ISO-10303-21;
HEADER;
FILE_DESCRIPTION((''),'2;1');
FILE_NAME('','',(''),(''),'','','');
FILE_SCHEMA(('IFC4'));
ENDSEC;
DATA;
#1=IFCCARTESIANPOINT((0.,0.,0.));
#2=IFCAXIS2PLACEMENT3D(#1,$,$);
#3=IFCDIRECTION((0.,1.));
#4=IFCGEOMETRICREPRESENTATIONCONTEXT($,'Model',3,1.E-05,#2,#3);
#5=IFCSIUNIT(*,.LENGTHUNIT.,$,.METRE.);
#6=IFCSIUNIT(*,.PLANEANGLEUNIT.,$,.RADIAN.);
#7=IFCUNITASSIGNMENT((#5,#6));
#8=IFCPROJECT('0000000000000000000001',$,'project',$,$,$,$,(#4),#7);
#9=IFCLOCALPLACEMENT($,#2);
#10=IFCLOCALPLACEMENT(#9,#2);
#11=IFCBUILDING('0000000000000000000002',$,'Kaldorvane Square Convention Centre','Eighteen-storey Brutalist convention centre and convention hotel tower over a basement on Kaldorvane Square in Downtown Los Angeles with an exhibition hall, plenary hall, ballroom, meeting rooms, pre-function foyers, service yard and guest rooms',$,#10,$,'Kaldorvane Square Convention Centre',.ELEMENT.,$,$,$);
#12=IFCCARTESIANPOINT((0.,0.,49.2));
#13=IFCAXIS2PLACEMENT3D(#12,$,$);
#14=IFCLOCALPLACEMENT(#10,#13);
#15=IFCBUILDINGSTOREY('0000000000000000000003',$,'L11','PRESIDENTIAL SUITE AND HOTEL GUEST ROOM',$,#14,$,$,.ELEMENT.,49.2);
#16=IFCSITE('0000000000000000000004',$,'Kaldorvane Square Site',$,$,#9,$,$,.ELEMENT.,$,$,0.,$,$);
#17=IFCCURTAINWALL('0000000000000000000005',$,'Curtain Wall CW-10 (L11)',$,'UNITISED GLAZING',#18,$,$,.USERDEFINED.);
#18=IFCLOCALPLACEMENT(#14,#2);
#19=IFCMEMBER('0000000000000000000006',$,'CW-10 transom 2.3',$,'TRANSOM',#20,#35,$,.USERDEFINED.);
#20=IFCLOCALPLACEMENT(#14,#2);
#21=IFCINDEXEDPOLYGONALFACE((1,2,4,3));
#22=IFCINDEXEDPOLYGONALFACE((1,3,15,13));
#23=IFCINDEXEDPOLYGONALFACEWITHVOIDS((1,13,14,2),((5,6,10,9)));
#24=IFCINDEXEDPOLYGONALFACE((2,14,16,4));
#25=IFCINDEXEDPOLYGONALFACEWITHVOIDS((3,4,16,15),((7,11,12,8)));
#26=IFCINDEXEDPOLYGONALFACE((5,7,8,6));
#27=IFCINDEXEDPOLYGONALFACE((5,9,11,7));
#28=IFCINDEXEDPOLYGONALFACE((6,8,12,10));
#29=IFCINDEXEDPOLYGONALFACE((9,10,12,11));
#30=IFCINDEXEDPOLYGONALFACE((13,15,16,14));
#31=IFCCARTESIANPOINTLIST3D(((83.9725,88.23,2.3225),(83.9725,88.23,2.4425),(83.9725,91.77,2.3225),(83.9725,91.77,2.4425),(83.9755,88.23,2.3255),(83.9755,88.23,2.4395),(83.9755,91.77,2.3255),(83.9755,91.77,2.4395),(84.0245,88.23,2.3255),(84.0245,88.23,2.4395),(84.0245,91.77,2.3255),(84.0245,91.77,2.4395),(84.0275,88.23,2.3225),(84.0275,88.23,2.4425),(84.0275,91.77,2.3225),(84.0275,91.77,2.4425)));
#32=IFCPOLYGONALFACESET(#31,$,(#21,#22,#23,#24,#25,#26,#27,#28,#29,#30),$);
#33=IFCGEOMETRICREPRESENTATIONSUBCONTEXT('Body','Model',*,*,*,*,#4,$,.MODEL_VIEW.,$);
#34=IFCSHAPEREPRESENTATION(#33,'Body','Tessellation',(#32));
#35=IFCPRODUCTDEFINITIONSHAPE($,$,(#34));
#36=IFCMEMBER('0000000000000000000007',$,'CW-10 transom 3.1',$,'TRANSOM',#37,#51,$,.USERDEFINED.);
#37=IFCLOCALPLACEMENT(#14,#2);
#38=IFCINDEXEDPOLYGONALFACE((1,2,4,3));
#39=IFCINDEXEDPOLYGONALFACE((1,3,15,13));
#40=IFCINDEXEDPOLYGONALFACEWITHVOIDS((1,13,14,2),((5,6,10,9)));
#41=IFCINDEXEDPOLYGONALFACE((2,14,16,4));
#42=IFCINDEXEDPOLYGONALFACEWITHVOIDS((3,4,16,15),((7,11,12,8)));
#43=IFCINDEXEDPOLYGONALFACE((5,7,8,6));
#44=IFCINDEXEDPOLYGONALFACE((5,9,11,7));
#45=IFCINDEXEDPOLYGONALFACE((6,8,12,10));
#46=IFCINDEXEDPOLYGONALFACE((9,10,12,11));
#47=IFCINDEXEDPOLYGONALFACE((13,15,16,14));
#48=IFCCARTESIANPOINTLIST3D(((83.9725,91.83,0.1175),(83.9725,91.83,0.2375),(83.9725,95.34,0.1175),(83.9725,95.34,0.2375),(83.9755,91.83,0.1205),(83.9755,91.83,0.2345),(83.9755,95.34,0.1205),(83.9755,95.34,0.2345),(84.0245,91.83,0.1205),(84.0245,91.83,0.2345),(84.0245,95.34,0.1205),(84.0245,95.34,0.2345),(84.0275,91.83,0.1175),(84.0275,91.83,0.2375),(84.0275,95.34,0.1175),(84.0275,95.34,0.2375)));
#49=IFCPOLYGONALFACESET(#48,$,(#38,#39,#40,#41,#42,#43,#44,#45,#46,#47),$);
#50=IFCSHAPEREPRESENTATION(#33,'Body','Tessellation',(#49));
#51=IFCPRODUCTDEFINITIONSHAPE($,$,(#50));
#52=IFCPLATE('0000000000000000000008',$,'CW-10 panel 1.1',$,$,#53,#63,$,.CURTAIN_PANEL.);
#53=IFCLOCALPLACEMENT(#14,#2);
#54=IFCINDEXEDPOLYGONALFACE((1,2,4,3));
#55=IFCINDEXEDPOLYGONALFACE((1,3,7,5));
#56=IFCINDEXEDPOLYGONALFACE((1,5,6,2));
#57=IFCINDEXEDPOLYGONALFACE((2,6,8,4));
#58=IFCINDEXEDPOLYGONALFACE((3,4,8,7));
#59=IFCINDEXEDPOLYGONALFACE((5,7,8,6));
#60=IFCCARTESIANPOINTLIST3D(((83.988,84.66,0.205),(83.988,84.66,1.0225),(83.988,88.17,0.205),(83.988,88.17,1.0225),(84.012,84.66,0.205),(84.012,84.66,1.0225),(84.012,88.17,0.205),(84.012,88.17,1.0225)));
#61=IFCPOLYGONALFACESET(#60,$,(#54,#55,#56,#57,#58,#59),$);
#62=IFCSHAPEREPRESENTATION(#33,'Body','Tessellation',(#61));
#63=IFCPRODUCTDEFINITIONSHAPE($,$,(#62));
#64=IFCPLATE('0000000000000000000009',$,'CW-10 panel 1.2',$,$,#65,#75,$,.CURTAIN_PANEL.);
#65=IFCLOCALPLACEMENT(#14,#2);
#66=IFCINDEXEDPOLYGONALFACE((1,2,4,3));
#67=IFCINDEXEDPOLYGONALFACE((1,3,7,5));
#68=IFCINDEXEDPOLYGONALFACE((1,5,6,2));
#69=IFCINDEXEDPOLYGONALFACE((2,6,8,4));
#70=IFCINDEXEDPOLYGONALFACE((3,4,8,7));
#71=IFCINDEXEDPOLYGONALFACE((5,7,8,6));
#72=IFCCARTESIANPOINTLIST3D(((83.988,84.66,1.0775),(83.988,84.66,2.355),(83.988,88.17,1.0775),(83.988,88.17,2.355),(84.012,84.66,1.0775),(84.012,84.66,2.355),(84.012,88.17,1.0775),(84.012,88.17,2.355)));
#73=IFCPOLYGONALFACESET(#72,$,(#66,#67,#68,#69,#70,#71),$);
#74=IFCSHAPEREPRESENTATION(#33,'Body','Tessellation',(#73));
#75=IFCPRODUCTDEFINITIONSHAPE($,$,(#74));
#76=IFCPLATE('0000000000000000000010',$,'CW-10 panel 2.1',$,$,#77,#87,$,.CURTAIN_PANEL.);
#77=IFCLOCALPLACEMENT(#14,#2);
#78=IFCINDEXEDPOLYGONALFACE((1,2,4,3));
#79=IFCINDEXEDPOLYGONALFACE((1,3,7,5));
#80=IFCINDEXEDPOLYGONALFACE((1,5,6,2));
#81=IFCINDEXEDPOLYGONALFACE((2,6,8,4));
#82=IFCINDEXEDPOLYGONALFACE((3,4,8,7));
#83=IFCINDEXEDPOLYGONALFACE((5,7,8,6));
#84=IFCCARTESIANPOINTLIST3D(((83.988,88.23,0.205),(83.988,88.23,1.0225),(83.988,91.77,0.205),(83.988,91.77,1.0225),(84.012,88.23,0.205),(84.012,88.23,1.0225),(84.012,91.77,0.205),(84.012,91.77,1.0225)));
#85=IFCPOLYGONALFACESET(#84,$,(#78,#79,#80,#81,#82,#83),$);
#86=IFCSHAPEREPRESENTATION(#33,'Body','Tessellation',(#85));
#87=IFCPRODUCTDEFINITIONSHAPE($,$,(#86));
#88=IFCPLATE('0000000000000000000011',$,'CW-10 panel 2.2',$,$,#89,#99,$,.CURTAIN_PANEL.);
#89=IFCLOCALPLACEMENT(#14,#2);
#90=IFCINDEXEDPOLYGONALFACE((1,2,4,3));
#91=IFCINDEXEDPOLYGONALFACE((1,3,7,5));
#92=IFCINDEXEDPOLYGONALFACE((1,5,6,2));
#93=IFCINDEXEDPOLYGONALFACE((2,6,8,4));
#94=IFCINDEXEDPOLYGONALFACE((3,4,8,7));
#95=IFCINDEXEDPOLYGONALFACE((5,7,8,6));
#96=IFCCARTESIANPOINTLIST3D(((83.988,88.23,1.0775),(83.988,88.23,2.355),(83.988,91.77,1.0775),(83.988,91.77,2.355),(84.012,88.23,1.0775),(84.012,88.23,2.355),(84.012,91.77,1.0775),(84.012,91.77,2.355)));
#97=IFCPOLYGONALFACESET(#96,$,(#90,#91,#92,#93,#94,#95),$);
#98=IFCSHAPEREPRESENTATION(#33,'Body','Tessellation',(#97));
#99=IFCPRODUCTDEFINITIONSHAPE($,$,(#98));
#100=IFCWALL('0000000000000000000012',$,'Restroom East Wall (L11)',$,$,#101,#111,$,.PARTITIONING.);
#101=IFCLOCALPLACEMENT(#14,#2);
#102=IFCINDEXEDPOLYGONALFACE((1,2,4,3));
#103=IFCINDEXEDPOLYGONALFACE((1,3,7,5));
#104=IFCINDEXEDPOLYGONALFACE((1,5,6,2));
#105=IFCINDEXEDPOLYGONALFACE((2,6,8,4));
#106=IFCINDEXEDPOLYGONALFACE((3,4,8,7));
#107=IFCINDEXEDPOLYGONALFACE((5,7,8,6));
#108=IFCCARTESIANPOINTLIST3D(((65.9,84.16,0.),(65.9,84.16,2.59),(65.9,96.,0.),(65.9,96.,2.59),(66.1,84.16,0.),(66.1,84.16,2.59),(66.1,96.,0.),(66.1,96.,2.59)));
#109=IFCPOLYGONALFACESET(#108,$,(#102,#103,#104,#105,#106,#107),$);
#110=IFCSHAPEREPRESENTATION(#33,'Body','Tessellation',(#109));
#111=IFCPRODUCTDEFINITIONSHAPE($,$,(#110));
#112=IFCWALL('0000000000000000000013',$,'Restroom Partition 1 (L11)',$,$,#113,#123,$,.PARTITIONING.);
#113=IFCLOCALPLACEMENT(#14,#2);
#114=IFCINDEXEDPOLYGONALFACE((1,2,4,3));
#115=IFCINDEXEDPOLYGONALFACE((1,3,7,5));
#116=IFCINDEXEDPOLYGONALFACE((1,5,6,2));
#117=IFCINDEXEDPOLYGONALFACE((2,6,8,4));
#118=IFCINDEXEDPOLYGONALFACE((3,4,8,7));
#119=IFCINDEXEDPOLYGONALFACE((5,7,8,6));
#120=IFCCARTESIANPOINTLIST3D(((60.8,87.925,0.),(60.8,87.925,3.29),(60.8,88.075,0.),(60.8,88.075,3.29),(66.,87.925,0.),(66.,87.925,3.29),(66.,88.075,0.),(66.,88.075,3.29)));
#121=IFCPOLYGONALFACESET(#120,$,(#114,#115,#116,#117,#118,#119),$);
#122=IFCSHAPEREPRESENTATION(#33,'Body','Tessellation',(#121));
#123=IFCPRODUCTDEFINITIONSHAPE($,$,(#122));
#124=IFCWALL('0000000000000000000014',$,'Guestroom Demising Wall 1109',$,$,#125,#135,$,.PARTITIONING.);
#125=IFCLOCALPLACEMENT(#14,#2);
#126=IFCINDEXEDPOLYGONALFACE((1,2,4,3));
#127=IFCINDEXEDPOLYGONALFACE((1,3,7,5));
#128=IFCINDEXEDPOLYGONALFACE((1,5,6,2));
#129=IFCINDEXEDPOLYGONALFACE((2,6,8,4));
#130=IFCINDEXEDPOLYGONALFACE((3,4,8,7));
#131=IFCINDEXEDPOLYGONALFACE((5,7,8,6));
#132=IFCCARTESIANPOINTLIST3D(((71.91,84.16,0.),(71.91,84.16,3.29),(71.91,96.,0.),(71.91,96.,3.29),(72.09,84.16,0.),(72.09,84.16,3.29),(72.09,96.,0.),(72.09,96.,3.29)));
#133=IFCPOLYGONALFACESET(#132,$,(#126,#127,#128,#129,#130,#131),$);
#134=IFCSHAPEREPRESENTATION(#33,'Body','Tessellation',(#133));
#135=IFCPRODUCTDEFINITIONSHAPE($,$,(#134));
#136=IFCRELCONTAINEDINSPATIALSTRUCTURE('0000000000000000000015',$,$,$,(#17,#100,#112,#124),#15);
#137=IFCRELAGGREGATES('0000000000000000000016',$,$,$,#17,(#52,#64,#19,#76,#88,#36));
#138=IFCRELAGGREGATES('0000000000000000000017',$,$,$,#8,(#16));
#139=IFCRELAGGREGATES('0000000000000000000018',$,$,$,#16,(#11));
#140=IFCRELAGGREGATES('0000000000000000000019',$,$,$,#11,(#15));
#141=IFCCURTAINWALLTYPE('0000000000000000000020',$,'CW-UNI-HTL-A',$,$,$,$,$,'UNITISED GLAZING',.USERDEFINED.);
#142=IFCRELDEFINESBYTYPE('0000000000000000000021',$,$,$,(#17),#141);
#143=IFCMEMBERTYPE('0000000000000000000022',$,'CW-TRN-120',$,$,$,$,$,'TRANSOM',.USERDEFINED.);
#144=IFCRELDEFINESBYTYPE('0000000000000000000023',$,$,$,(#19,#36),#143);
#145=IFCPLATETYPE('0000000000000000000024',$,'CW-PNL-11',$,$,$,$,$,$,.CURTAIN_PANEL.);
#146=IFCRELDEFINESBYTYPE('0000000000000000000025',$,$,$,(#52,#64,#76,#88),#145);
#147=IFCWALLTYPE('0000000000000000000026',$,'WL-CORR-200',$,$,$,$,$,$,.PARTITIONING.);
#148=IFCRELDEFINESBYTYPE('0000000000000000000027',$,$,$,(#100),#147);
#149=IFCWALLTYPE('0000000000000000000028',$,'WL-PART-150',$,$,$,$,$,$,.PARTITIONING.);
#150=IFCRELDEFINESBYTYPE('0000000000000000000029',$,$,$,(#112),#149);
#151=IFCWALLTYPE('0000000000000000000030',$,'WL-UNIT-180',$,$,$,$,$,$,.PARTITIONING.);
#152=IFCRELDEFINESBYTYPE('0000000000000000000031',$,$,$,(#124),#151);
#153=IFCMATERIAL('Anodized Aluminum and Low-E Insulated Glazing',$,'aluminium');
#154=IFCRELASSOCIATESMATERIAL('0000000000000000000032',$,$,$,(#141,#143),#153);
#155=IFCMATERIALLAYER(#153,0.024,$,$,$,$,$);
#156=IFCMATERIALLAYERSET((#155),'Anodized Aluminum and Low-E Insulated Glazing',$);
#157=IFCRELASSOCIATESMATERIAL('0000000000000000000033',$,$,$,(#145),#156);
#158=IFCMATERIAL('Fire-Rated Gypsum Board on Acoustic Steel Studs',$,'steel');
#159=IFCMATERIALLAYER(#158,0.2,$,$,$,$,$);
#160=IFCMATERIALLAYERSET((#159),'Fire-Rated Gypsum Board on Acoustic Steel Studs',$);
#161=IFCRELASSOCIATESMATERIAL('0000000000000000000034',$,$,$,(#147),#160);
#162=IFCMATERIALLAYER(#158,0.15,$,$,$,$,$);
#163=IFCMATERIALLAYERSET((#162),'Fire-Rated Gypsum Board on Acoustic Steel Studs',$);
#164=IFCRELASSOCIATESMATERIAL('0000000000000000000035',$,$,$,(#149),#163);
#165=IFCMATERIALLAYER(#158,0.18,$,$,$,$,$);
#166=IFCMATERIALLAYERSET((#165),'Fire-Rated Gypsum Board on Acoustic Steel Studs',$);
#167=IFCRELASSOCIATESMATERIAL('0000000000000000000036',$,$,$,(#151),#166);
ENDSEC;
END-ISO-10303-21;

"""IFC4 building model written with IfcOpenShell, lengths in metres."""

from ifc_helpers import new_model, si_unit, direction, frame, frame_2d, origin, origin_2d, place, context, subcontext, project, spatial, rectangle, hollow_rectangle, extrude, material, layer, layer_set, material_profile, profile_set, type_object, element, aggregate, save


model = new_model("IFC4")

# Units and contexts
model_context = context("Model", 3, precision=1e-05, world=origin(), true_north=direction((0.0, 1.0)))
body_context = subcontext(model_context, "Body", "Model", "MODEL_VIEW")
ifc_project = project(units=[si_unit("LENGTHUNIT", "METRE"), si_unit("PLANEANGLEUNIT", "RADIAN")], contexts=[model_context])

# Site, building, storey
site_placement = place(None, origin())
site = spatial("IfcSite", under=ifc_project, at=site_placement, Name="Kaldorvane Square Site", CompositionType="ELEMENT", RefElevation=0.0)
building_placement = place(site_placement, origin())
building = spatial("IfcBuilding", under=site, at=building_placement, Name="Kaldorvane Square Convention Centre", Description="Eighteen-storey Brutalist convention centre and convention hotel tower over a basement on Kaldorvane Square in Downtown Los Angeles with an exhibition hall, plenary hall, ballroom, meeting rooms, pre-function foyers, service yard and guest rooms", LongName="Kaldorvane Square Convention Centre", CompositionType="ELEMENT")
storey_placement = place(building_placement, frame((0.0, 0.0, 49.2)))
storey = spatial("IfcBuildingStorey", under=building, at=storey_placement, Name="L11", Description="PRESIDENTIAL SUITE AND HOTEL GUEST ROOM", CompositionType="ELEMENT", Elevation=49.2)

# Curtain wall, members, plates
ifc_material_1 = material(Name="Anodized Aluminum and Low-E Insulated Glazing", Category="aluminium")
curtain_wall_type = type_object("IfcCurtainWallType", Name="CW-UNI-HTL-A", ElementType="UNITISED GLAZING", PredefinedType="USERDEFINED", material=ifc_material_1)
curtain_wall_placement = place(storey_placement, origin())
curtain_wall = element("IfcCurtainWall", 1, at=curtain_wall_placement, inside=storey, type_object=curtain_wall_type, Name="Curtain Wall CW-10 (L11)", ObjectType="UNITISED GLAZING", PredefinedType="USERDEFINED")
ifc_material_profile_1 = material_profile(ifc_material_1, hollow_rectangle(XDim=0.055, YDim=0.12, WallThickness=0.003, at=origin_2d()), Name="CWT-120X55")
ifc_profile_set_1 = profile_set([ifc_material_profile_1], Name="Anodized Aluminum and Low-E Insulated Glazing")
member_type_1 = type_object("IfcMemberType", Name="CW-TRN-120", ElementType="TRANSOM", PredefinedType="USERDEFINED", material=ifc_profile_set_1)
member_1_placement = place(storey_placement, frame((84.0, 88.23, 2.3825), z_axis=(0.0, 1.0, 0.0), x_axis=(-1.0, 0.0, 0.0)))
member_1 = element("IfcMember", 2, at=member_1_placement, type_object=member_type_1, Name="CW-10 transom 2.3", ObjectType="TRANSOM", PredefinedType="USERDEFINED", context=body_context, shape_type="SweptSolid", body=[
    extrude(hollow_rectangle(XDim=0.055, YDim=0.12, WallThickness=0.003, at=origin_2d()), origin(), (0.0, 0.0, 1.0), 3.54),
])
member_2_placement = place(storey_placement, frame((84.0, 91.83, 0.1775), z_axis=(0.0, 1.0, 0.0), x_axis=(-1.0, 0.0, 0.0)))
member_2 = element("IfcMember", 3, at=member_2_placement, type_object=member_type_1, Name="CW-10 transom 3.1", ObjectType="TRANSOM", PredefinedType="USERDEFINED", context=body_context, shape_type="SweptSolid", body=[
    extrude(hollow_rectangle(XDim=0.055, YDim=0.12, WallThickness=0.003, at=origin_2d()), origin(), (0.0, 0.0, 1.0), 3.51),
])
ifc_layer_1 = layer(ifc_material_1, 0.024)
ifc_layer_set_1 = layer_set([ifc_layer_1], Name="Anodized Aluminum and Low-E Insulated Glazing")
plate_type = type_object("IfcPlateType", Name="CW-PNL-11", PredefinedType="CURTAIN_PANEL", material=ifc_layer_set_1)
plate_1_placement = place(storey_placement, frame((84.0, 86.415, 0.205), z_axis=(0.0, 0.0, 1.0), x_axis=(0.0, 1.0, 0.0)))
plate_1 = element("IfcPlate", 4, at=plate_1_placement, type_object=plate_type, Name="CW-10 panel 1.1", PredefinedType="CURTAIN_PANEL", context=body_context, shape_type="SweptSolid", body=[
    extrude(rectangle(XDim=3.51, YDim=0.024, at=origin_2d()), origin(), (0.0, 0.0, 1.0), 0.8175),
])
plate_2_placement = place(storey_placement, frame((84.0, 86.415, 1.0775), z_axis=(0.0, 0.0, 1.0), x_axis=(0.0, 1.0, 0.0)))
plate_2 = element("IfcPlate", 5, at=plate_2_placement, type_object=plate_type, Name="CW-10 panel 1.2", PredefinedType="CURTAIN_PANEL", context=body_context, shape_type="SweptSolid", body=[
    extrude(rectangle(XDim=3.51, YDim=0.024, at=origin_2d()), origin(), (0.0, 0.0, 1.0), 1.2775),
])
plate_3_placement = place(storey_placement, frame((84.0, 90.0, 0.205), z_axis=(0.0, 0.0, 1.0), x_axis=(0.0, 1.0, 0.0)))
plate_3 = element("IfcPlate", 6, at=plate_3_placement, type_object=plate_type, Name="CW-10 panel 2.1", PredefinedType="CURTAIN_PANEL", context=body_context, shape_type="SweptSolid", body=[
    extrude(rectangle(XDim=3.54, YDim=0.024, at=origin_2d()), origin(), (0.0, 0.0, 1.0), 0.8175),
])
plate_4_placement = place(storey_placement, frame((84.0, 90.0, 1.0775), z_axis=(0.0, 0.0, 1.0), x_axis=(0.0, 1.0, 0.0)))
plate_4 = element("IfcPlate", 7, at=plate_4_placement, type_object=plate_type, Name="CW-10 panel 2.2", PredefinedType="CURTAIN_PANEL", context=body_context, shape_type="SweptSolid", body=[
    extrude(rectangle(XDim=3.54, YDim=0.024, at=origin_2d()), origin(), (0.0, 0.0, 1.0), 1.2775),
])
aggregate(curtain_wall, [plate_1, plate_2, member_1, plate_3, plate_4, member_2])

# Walls
ifc_material_2 = material(Name="Fire-Rated Gypsum Board on Acoustic Steel Studs", Category="steel")
ifc_layer_2 = layer(ifc_material_2, 0.2)
ifc_layer_set_2 = layer_set([ifc_layer_2], Name="Fire-Rated Gypsum Board on Acoustic Steel Studs")
wall_type_1 = type_object("IfcWallType", Name="WL-CORR-200", PredefinedType="PARTITIONING", material=ifc_layer_set_2)
wall_1_placement = place(storey_placement, frame((66.0, 84.16, 0.0), z_axis=(0.0, 0.0, 1.0), x_axis=(0.0, 1.0, 0.0)))
element("IfcWall", 8, at=wall_1_placement, inside=storey, type_object=wall_type_1, Name="Restroom East Wall (L11)", PredefinedType="PARTITIONING", context=body_context, shape_type="SweptSolid", body=[
    extrude(rectangle(XDim=11.84, YDim=0.2, at=frame_2d((5.92, 0.0))), origin(), (0.0, 0.0, 1.0), 2.59),
])
ifc_layer_3 = layer(ifc_material_2, 0.15)
ifc_layer_set_3 = layer_set([ifc_layer_3], Name="Fire-Rated Gypsum Board on Acoustic Steel Studs")
wall_type_2 = type_object("IfcWallType", Name="WL-PART-150", PredefinedType="PARTITIONING", material=ifc_layer_set_3)
wall_2_placement = place(storey_placement, frame((60.8, 88.0, 0.0), z_axis=(0.0, 0.0, 1.0), x_axis=(1.0, 0.0, 0.0)))
element("IfcWall", 9, at=wall_2_placement, inside=storey, type_object=wall_type_2, Name="Restroom Partition 1 (L11)", PredefinedType="PARTITIONING", context=body_context, shape_type="SweptSolid", body=[
    extrude(rectangle(XDim=5.2, YDim=0.15, at=frame_2d((2.6, 0.0))), origin(), (0.0, 0.0, 1.0), 3.29),
])
ifc_layer_4 = layer(ifc_material_2, 0.18)
ifc_layer_set_4 = layer_set([ifc_layer_4], Name="Fire-Rated Gypsum Board on Acoustic Steel Studs")
wall_type_3 = type_object("IfcWallType", Name="WL-UNIT-180", PredefinedType="PARTITIONING", material=ifc_layer_set_4)
wall_3_placement = place(storey_placement, frame((72.0, 84.16, 0.0), z_axis=(0.0, 0.0, 1.0), x_axis=(0.0, 1.0, 0.0)))
element("IfcWall", 10, at=wall_3_placement, inside=storey, type_object=wall_type_3, Name="Guestroom Demising Wall 1109", PredefinedType="PARTITIONING", context=body_context, shape_type="SweptSolid", body=[
    extrude(rectangle(XDim=11.84, YDim=0.18, at=frame_2d((5.92, 0.0))), origin(), (0.0, 0.0, 1.0), 3.29),
])

save(model, "model.ifc")
